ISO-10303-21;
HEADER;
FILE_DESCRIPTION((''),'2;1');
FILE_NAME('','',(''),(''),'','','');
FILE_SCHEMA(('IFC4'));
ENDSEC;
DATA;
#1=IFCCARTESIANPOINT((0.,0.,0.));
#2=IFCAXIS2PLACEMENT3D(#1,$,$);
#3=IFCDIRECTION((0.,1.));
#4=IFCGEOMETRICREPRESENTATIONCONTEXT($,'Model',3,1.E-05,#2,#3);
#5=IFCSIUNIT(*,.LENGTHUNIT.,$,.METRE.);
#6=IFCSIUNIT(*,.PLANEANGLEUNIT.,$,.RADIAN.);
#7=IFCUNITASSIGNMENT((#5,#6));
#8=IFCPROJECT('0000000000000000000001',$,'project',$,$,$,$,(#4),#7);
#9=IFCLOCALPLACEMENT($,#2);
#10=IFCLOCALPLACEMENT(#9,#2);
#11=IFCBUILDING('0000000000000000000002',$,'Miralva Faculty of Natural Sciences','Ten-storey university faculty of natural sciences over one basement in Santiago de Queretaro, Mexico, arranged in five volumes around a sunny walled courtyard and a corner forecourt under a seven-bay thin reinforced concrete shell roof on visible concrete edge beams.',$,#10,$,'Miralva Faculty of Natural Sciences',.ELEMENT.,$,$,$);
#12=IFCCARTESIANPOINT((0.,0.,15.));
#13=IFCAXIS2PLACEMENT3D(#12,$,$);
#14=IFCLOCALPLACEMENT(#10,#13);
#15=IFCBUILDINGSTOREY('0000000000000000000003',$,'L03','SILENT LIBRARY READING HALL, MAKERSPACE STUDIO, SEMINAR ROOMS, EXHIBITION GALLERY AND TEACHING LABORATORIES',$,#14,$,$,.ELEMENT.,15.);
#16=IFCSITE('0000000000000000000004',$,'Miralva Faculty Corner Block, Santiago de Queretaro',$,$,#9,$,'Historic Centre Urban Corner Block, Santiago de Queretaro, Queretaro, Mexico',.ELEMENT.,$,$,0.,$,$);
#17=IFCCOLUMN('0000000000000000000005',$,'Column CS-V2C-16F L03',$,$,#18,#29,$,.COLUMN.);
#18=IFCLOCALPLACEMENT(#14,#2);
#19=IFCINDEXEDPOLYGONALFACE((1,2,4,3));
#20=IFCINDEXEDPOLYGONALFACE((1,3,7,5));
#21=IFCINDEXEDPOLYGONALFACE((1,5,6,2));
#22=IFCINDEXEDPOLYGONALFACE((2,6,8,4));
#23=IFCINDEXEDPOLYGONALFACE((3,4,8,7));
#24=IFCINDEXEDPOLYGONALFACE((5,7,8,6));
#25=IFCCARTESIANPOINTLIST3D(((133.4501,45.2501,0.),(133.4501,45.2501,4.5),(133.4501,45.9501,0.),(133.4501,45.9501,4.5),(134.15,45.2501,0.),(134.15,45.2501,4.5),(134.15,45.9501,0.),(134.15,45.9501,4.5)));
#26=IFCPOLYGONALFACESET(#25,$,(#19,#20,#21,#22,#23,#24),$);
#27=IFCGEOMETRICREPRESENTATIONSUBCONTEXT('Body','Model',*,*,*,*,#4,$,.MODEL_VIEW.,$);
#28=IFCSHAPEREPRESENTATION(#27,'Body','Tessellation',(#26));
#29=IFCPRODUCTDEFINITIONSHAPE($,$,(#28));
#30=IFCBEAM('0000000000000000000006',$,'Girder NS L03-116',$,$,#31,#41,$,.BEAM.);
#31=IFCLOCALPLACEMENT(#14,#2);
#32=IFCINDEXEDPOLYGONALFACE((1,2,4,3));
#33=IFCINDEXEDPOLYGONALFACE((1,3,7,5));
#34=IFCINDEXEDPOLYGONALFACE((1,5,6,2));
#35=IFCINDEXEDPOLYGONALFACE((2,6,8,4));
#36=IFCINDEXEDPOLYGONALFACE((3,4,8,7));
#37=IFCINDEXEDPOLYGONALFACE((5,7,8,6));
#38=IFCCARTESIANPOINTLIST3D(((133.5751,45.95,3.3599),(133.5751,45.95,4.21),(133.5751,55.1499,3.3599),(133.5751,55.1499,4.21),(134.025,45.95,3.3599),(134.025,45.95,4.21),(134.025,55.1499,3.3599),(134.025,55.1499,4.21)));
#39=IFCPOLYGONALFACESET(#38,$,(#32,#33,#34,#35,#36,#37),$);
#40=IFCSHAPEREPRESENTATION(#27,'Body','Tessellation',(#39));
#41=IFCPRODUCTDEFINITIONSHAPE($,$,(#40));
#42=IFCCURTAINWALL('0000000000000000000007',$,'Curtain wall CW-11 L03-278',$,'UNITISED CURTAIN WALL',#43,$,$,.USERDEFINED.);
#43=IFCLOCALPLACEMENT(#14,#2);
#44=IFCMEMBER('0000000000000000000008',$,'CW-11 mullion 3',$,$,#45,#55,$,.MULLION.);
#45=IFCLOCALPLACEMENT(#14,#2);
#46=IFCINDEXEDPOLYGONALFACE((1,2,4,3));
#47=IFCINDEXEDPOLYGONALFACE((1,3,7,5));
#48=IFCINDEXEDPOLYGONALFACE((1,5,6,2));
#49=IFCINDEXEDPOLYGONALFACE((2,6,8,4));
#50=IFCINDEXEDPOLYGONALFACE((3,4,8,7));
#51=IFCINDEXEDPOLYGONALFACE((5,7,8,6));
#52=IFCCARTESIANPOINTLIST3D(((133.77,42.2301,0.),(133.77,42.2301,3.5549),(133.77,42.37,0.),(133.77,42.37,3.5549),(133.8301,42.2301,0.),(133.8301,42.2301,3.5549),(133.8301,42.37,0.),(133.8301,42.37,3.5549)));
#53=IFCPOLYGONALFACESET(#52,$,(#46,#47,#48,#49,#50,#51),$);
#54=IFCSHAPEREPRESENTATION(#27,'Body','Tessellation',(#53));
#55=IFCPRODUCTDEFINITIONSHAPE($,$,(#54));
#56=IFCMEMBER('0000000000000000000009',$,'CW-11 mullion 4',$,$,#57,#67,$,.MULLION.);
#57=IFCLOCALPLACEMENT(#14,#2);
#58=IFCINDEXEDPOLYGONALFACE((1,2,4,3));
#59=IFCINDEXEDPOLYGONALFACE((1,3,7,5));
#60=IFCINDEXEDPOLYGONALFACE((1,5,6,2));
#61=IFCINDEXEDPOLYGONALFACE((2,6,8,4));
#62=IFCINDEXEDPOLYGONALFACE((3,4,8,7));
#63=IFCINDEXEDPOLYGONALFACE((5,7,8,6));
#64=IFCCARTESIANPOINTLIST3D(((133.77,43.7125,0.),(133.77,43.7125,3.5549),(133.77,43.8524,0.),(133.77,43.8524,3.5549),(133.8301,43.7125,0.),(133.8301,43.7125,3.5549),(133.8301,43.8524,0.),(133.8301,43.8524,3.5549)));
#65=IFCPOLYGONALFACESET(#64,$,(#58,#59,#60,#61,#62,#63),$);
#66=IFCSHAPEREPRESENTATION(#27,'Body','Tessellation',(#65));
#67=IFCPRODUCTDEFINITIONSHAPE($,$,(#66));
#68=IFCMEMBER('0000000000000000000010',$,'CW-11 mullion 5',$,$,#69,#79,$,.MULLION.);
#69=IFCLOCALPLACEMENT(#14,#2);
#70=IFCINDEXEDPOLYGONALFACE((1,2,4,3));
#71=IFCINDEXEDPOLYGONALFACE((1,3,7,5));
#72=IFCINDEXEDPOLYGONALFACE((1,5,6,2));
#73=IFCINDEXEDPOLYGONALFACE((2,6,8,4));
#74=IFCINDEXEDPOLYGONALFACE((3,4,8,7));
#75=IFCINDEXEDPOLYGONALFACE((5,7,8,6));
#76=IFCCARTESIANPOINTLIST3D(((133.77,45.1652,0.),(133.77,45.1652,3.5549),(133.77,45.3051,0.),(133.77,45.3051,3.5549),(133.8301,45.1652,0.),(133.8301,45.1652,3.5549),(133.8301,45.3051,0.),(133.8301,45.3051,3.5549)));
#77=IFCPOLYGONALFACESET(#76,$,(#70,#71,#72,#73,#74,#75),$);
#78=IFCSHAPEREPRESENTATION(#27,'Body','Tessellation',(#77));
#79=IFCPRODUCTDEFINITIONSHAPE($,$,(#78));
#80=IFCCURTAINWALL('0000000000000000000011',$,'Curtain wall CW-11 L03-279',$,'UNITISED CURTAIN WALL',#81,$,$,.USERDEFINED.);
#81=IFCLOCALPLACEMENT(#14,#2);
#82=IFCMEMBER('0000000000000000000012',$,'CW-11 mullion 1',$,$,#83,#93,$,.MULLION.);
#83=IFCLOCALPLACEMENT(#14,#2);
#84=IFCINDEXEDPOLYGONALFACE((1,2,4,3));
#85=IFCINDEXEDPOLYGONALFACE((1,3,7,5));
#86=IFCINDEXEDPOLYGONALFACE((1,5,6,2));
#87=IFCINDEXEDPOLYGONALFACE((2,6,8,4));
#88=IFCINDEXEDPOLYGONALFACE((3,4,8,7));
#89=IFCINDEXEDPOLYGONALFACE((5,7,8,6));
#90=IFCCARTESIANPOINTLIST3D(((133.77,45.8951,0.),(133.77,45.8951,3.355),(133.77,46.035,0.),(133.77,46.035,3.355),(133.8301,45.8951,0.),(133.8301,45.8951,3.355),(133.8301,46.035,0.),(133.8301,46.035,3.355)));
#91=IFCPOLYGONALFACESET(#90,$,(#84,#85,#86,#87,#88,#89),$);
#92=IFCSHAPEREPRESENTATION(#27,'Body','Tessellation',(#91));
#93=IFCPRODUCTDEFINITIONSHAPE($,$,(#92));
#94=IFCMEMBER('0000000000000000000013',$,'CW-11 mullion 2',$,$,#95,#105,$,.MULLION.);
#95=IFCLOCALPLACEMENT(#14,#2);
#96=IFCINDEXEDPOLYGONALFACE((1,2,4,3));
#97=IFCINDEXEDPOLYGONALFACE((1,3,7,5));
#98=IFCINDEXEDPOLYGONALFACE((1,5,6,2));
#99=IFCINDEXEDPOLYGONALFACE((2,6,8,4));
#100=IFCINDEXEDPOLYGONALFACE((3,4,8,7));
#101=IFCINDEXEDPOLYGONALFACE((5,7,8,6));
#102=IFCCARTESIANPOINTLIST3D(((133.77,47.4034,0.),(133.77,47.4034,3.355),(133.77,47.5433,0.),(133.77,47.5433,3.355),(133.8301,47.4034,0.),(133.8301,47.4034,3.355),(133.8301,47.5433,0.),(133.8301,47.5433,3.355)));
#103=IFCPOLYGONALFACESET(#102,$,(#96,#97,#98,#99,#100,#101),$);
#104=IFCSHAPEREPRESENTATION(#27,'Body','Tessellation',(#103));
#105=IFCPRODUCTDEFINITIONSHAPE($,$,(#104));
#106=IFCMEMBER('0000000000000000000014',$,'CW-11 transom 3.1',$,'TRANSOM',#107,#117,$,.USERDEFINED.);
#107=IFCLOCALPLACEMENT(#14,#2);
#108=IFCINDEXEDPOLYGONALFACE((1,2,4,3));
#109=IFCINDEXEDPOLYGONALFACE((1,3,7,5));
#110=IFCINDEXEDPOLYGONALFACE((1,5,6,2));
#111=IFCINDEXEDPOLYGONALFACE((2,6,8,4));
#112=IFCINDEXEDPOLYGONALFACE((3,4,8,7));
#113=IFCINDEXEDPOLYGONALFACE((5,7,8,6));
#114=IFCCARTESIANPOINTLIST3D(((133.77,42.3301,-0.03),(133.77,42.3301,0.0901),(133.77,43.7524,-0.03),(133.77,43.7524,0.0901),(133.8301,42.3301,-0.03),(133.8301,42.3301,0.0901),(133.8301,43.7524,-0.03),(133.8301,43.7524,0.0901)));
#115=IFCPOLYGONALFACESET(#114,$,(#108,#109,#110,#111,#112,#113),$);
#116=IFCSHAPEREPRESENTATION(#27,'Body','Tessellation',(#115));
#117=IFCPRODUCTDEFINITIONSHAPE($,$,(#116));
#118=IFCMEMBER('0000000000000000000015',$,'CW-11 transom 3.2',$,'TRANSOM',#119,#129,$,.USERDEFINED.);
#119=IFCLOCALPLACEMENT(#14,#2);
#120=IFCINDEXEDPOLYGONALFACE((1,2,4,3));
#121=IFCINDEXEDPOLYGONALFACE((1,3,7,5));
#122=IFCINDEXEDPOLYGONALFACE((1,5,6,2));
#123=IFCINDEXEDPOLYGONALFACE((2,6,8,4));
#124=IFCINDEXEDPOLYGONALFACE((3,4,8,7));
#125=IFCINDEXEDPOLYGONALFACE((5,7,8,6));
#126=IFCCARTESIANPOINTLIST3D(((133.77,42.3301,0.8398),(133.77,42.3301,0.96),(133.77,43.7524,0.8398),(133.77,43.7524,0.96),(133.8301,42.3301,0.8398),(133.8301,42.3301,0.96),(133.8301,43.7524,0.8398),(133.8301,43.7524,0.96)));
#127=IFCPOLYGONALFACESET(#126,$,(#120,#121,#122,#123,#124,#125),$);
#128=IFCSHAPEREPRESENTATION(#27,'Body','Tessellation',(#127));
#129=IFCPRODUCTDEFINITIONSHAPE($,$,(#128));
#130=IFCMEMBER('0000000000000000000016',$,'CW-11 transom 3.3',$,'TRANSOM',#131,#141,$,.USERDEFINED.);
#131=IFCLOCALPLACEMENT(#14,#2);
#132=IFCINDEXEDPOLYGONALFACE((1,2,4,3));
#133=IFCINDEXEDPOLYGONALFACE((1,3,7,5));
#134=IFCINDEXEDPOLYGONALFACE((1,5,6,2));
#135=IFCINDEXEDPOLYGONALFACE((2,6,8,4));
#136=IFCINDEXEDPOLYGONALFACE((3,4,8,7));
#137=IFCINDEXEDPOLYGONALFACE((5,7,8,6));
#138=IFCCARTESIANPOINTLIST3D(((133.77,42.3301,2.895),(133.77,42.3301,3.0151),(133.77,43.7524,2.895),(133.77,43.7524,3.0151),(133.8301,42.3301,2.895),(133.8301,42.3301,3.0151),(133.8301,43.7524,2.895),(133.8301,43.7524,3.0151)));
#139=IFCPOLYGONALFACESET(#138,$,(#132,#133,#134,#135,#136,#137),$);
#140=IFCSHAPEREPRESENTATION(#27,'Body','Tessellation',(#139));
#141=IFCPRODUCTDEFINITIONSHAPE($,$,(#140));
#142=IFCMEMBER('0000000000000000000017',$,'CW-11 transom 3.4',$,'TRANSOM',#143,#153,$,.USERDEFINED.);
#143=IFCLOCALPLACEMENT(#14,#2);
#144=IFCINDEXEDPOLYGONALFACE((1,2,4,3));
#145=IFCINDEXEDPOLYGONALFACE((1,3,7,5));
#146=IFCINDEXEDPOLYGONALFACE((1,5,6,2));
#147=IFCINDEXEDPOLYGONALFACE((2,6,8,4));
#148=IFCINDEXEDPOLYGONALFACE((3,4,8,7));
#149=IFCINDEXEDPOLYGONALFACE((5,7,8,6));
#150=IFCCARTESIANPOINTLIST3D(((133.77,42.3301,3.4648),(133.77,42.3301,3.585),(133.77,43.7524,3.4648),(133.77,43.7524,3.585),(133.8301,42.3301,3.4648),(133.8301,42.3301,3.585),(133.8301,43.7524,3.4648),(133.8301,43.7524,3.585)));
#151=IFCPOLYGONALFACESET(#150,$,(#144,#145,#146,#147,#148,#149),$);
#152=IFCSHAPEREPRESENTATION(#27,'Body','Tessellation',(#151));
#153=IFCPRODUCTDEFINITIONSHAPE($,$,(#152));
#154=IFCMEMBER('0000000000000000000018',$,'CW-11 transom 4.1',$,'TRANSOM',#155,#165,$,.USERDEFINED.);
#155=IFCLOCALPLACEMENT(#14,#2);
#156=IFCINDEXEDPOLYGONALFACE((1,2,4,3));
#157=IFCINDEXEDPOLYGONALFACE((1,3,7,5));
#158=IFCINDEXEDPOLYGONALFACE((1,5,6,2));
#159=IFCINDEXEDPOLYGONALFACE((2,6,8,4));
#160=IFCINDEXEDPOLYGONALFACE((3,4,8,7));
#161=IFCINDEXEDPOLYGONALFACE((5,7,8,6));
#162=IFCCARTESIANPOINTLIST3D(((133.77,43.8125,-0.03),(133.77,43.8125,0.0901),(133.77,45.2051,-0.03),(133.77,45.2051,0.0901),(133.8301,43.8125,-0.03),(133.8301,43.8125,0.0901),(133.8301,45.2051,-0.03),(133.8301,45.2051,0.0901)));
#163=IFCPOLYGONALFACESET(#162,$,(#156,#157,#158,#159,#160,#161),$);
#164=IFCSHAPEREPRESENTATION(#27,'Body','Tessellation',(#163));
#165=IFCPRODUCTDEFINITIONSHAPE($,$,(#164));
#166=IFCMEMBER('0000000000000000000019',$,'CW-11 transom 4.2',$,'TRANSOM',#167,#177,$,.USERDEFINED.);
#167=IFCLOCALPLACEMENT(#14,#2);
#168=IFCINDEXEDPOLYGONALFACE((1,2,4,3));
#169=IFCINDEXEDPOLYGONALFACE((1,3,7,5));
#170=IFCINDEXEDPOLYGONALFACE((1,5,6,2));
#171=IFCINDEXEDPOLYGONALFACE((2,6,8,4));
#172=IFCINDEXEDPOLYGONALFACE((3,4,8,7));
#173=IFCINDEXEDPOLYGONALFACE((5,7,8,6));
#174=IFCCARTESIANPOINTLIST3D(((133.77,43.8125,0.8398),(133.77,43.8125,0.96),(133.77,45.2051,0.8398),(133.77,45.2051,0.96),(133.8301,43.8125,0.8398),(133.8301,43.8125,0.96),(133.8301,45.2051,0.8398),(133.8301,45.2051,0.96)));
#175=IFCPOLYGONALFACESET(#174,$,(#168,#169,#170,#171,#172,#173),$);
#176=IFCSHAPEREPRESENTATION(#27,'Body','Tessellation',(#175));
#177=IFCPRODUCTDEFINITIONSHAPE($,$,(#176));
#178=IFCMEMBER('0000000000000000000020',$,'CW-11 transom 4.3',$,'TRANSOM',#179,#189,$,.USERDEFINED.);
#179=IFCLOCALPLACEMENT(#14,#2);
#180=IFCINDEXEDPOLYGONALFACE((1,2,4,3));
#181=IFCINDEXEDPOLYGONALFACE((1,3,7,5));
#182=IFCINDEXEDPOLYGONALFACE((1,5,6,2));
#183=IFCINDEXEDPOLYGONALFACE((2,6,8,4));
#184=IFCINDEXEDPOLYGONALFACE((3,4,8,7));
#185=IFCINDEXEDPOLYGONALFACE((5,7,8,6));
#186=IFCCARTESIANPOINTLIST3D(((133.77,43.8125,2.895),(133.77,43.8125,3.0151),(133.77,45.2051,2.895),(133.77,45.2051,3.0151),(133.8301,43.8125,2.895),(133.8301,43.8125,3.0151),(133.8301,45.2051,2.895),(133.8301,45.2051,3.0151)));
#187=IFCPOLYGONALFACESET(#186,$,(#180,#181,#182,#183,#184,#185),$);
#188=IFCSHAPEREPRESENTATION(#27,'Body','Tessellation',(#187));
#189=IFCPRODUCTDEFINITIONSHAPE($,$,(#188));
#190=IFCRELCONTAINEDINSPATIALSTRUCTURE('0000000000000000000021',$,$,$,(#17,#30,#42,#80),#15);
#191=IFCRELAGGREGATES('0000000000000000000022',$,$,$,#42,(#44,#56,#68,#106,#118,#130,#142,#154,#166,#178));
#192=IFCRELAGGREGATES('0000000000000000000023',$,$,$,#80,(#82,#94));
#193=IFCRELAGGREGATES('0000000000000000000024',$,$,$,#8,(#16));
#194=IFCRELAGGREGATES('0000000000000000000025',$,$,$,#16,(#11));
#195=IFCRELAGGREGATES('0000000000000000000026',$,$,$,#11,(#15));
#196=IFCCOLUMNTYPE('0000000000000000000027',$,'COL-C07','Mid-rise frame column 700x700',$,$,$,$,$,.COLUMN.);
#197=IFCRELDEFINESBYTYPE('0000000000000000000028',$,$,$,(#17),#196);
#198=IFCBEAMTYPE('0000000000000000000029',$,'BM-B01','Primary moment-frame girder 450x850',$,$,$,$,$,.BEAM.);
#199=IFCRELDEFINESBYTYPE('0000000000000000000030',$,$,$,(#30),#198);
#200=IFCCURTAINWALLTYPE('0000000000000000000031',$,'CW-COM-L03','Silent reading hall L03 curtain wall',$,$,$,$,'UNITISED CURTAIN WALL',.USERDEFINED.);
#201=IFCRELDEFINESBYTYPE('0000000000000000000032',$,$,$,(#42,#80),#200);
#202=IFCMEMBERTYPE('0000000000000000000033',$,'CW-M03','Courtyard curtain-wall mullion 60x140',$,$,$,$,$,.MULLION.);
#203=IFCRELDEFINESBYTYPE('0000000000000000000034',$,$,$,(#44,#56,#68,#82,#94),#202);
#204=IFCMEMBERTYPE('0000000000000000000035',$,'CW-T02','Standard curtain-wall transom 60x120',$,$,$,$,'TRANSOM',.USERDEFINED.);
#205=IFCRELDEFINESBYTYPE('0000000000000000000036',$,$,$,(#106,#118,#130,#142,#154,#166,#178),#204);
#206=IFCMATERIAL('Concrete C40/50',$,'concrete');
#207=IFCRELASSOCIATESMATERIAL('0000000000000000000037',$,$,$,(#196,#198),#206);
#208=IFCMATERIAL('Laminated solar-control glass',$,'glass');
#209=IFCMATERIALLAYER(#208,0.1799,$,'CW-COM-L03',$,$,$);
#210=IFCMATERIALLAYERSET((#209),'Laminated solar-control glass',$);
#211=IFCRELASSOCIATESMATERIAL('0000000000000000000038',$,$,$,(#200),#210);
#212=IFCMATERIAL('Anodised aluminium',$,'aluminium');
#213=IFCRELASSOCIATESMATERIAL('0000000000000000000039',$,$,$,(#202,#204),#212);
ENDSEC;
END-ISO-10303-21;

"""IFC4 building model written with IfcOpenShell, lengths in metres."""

from ifc_helpers import new_model, si_unit, direction, frame, origin, origin_2d, place, context, subcontext, project, spatial, rectangle, extrude, material, layer, layer_set, material_profile, profile_set, type_object, element, aggregate, save


model = new_model("IFC4")

# Units and contexts
model_context = context("Model", 3, precision=1e-05, world=origin(), true_north=direction((0.0, 1.0)))
body_context = subcontext(model_context, "Body", "Model", "MODEL_VIEW")
ifc_project = project(units=[si_unit("LENGTHUNIT", "METRE"), si_unit("PLANEANGLEUNIT", "RADIAN")], contexts=[model_context])

# Site, building, storey
site_placement = place(None, origin())
site = spatial("IfcSite", under=ifc_project, at=site_placement, Name="Miralva Faculty Corner Block, Santiago de Queretaro", LongName="Historic Centre Urban Corner Block, Santiago de Queretaro, Queretaro, Mexico", CompositionType="ELEMENT", RefElevation=0.0)
building_placement = place(site_placement, origin())
building = spatial("IfcBuilding", under=site, at=building_placement, Name="Miralva Faculty of Natural Sciences", Description="Ten-storey university faculty of natural sciences over one basement in Santiago de Queretaro, Mexico, arranged in five volumes around a sunny walled courtyard and a corner forecourt under a seven-bay thin reinforced concrete shell roof on visible concrete edge beams.", LongName="Miralva Faculty of Natural Sciences", CompositionType="ELEMENT")
storey_placement = place(building_placement, frame((0.0, 0.0, 15.0)))
storey = spatial("IfcBuildingStorey", under=building, at=storey_placement, Name="L03", Description="SILENT LIBRARY READING HALL, MAKERSPACE STUDIO, SEMINAR ROOMS, EXHIBITION GALLERY AND TEACHING LABORATORIES", CompositionType="ELEMENT", Elevation=15.0)

# Column
ifc_material_1 = material(Name="Concrete C40/50", Category="concrete")
ifc_material_profile_1 = material_profile(ifc_material_1, rectangle(XDim=0.7, YDim=0.7, at=origin_2d()), Name="RC 700x700")
ifc_profile_set_1 = profile_set([ifc_material_profile_1], Name="Concrete C40/50")
column_type = type_object("IfcColumnType", Name="COL-C07", Description="Mid-rise frame column 700x700", PredefinedType="COLUMN", material=ifc_profile_set_1)
column_placement = place(storey_placement, frame((133.8, 45.6001, 0.0), z_axis=(0.0, 0.0, 1.0), x_axis=(1.0, 0.0, 0.0)))
element("IfcColumn", 1, at=column_placement, inside=storey, type_object=column_type, Name="Column CS-V2C-16F L03", PredefinedType="COLUMN", context=body_context, shape_type="SweptSolid", body=[
    extrude(rectangle(XDim=0.7, YDim=0.7, at=origin_2d()), origin(), (0.0, 0.0, 1.0), 4.5),
])

# Beam
ifc_material_profile_2 = material_profile(ifc_material_1, rectangle(XDim=0.45, YDim=0.8501, at=origin_2d()), Name="RC 450x850")
ifc_profile_set_2 = profile_set([ifc_material_profile_2], Name="Concrete C40/50")
beam_type = type_object("IfcBeamType", Name="BM-B01", Description="Primary moment-frame girder 450x850", PredefinedType="BEAM", material=ifc_profile_set_2)
beam_placement = place(storey_placement, frame((133.8, 45.95, 3.7849), z_axis=(0.0, 1.0, 0.0), x_axis=(-1.0, 0.0, 0.0)))
element("IfcBeam", 2, at=beam_placement, inside=storey, type_object=beam_type, Name="Girder NS L03-116", PredefinedType="BEAM", context=body_context, shape_type="SweptSolid", body=[
    extrude(rectangle(XDim=0.45, YDim=0.8501, at=origin_2d()), origin(), (0.0, 0.0, 1.0), 9.2),
])

# Curtain walls, members
ifc_material_2 = material(Name="Laminated solar-control glass", Category="glass")
ifc_layer_1 = layer(ifc_material_2, 0.1799, Name="CW-COM-L03")
ifc_layer_set_1 = layer_set([ifc_layer_1], Name="Laminated solar-control glass")
curtain_wall_type = type_object("IfcCurtainWallType", Name="CW-COM-L03", Description="Silent reading hall L03 curtain wall", ElementType="UNITISED CURTAIN WALL", PredefinedType="USERDEFINED", material=ifc_layer_set_1)
curtain_wall_1_placement = place(storey_placement, origin())
curtain_wall_1 = element("IfcCurtainWall", 3, at=curtain_wall_1_placement, inside=storey, type_object=curtain_wall_type, Name="Curtain wall CW-11 L03-278", ObjectType="UNITISED CURTAIN WALL", PredefinedType="USERDEFINED")
ifc_material_3 = material(Name="Anodised aluminium", Category="aluminium")
ifc_material_profile_3 = material_profile(ifc_material_3, rectangle(XDim=0.0601, YDim=0.1399, at=origin_2d()), Name="MULLION 60x140")
ifc_profile_set_3 = profile_set([ifc_material_profile_3], Name="Anodised aluminium")
member_type_1 = type_object("IfcMemberType", Name="CW-M03", Description="Courtyard curtain-wall mullion 60x140", PredefinedType="MULLION", material=ifc_profile_set_3)
member_1_placement = place(storey_placement, frame((133.8, 42.3, 0.0), z_axis=(0.0, 0.0, 1.0), x_axis=(-1.0, 0.0, 0.0)))
member_1 = element("IfcMember", 4, at=member_1_placement, type_object=member_type_1, Name="CW-11 mullion 3", PredefinedType="MULLION", context=body_context, shape_type="SweptSolid", body=[
    extrude(rectangle(XDim=0.0601, YDim=0.1399, at=origin_2d()), origin(), (0.0, 0.0, 1.0), 3.5549),
])
member_2_placement = place(storey_placement, frame((133.8, 43.7825, 0.0), z_axis=(0.0, 0.0, 1.0), x_axis=(-1.0, 0.0, 0.0)))
member_2 = element("IfcMember", 5, at=member_2_placement, type_object=member_type_1, Name="CW-11 mullion 4", PredefinedType="MULLION", context=body_context, shape_type="SweptSolid", body=[
    extrude(rectangle(XDim=0.0601, YDim=0.1399, at=origin_2d()), origin(), (0.0, 0.0, 1.0), 3.5549),
])
member_3_placement = place(storey_placement, frame((133.8, 45.2351, 0.0), z_axis=(0.0, 0.0, 1.0), x_axis=(-1.0, 0.0, 0.0)))
member_3 = element("IfcMember", 6, at=member_3_placement, type_object=member_type_1, Name="CW-11 mullion 5", PredefinedType="MULLION", context=body_context, shape_type="SweptSolid", body=[
    extrude(rectangle(XDim=0.0601, YDim=0.1399, at=origin_2d()), origin(), (0.0, 0.0, 1.0), 3.5549),
])
curtain_wall_2_placement = place(storey_placement, origin())
curtain_wall_2 = element("IfcCurtainWall", 7, at=curtain_wall_2_placement, inside=storey, type_object=curtain_wall_type, Name="Curtain wall CW-11 L03-279", ObjectType="UNITISED CURTAIN WALL", PredefinedType="USERDEFINED")
member_4_placement = place(storey_placement, frame((133.8, 45.9651, 0.0), z_axis=(0.0, 0.0, 1.0), x_axis=(-1.0, 0.0, 0.0)))
member_4 = element("IfcMember", 8, at=member_4_placement, type_object=member_type_1, Name="CW-11 mullion 1", PredefinedType="MULLION", context=body_context, shape_type="SweptSolid", body=[
    extrude(rectangle(XDim=0.0601, YDim=0.1399, at=origin_2d()), origin(), (0.0, 0.0, 1.0), 3.355),
])
member_5_placement = place(storey_placement, frame((133.8, 47.4734, 0.0), z_axis=(0.0, 0.0, 1.0), x_axis=(-1.0, 0.0, 0.0)))
member_5 = element("IfcMember", 9, at=member_5_placement, type_object=member_type_1, Name="CW-11 mullion 2", PredefinedType="MULLION", context=body_context, shape_type="SweptSolid", body=[
    extrude(rectangle(XDim=0.0601, YDim=0.1399, at=origin_2d()), origin(), (0.0, 0.0, 1.0), 3.355),
])

# Members
ifc_material_profile_4 = material_profile(ifc_material_3, rectangle(XDim=0.0601, YDim=0.1201, at=origin_2d()), Name="TRANSOM 60x120")
ifc_profile_set_4 = profile_set([ifc_material_profile_4], Name="Anodised aluminium")
member_type_2 = type_object("IfcMemberType", Name="CW-T02", Description="Standard curtain-wall transom 60x120", ElementType="TRANSOM", PredefinedType="USERDEFINED", material=ifc_profile_set_4)
member_6_placement = place(storey_placement, frame((133.8, 42.3301, 0.03), z_axis=(0.0, 1.0, 0.0), x_axis=(-1.0, 0.0, 0.0)))
member_6 = element("IfcMember", 10, at=member_6_placement, type_object=member_type_2, Name="CW-11 transom 3.1", ObjectType="TRANSOM", PredefinedType="USERDEFINED", context=body_context, shape_type="SweptSolid", body=[
    extrude(rectangle(XDim=0.0601, YDim=0.1201, at=origin_2d()), origin(), (0.0, 0.0, 1.0), 1.4224),
])
member_7_placement = place(storey_placement, frame((133.8, 42.3301, 0.8999), z_axis=(0.0, 1.0, 0.0), x_axis=(-1.0, 0.0, 0.0)))
member_7 = element("IfcMember", 11, at=member_7_placement, type_object=member_type_2, Name="CW-11 transom 3.2", ObjectType="TRANSOM", PredefinedType="USERDEFINED", context=body_context, shape_type="SweptSolid", body=[
    extrude(rectangle(XDim=0.0601, YDim=0.1201, at=origin_2d()), origin(), (0.0, 0.0, 1.0), 1.4224),
])
member_8_placement = place(storey_placement, frame((133.8, 42.3301, 2.9551), z_axis=(0.0, 1.0, 0.0), x_axis=(-1.0, 0.0, 0.0)))
member_8 = element("IfcMember", 12, at=member_8_placement, type_object=member_type_2, Name="CW-11 transom 3.3", ObjectType="TRANSOM", PredefinedType="USERDEFINED", context=body_context, shape_type="SweptSolid", body=[
    extrude(rectangle(XDim=0.0601, YDim=0.1201, at=origin_2d()), origin(), (0.0, 0.0, 1.0), 1.4224),
])
member_9_placement = place(storey_placement, frame((133.8, 42.3301, 3.5249), z_axis=(0.0, 1.0, 0.0), x_axis=(-1.0, 0.0, 0.0)))
member_9 = element("IfcMember", 13, at=member_9_placement, type_object=member_type_2, Name="CW-11 transom 3.4", ObjectType="TRANSOM", PredefinedType="USERDEFINED", context=body_context, shape_type="SweptSolid", body=[
    extrude(rectangle(XDim=0.0601, YDim=0.1201, at=origin_2d()), origin(), (0.0, 0.0, 1.0), 1.4224),
])
member_10_placement = place(storey_placement, frame((133.8, 43.8125, 0.03), z_axis=(0.0, 1.0, 0.0), x_axis=(-1.0, 0.0, 0.0)))
member_10 = element("IfcMember", 14, at=member_10_placement, type_object=member_type_2, Name="CW-11 transom 4.1", ObjectType="TRANSOM", PredefinedType="USERDEFINED", context=body_context, shape_type="SweptSolid", body=[
    extrude(rectangle(XDim=0.0601, YDim=0.1201, at=origin_2d()), origin(), (0.0, 0.0, 1.0), 1.3926),
])
member_11_placement = place(storey_placement, frame((133.8, 43.8125, 0.8999), z_axis=(0.0, 1.0, 0.0), x_axis=(-1.0, 0.0, 0.0)))
member_11 = element("IfcMember", 15, at=member_11_placement, type_object=member_type_2, Name="CW-11 transom 4.2", ObjectType="TRANSOM", PredefinedType="USERDEFINED", context=body_context, shape_type="SweptSolid", body=[
    extrude(rectangle(XDim=0.0601, YDim=0.1201, at=origin_2d()), origin(), (0.0, 0.0, 1.0), 1.3926),
])
member_12_placement = place(storey_placement, frame((133.8, 43.8125, 2.9551), z_axis=(0.0, 1.0, 0.0), x_axis=(-1.0, 0.0, 0.0)))
member_12 = element("IfcMember", 16, at=member_12_placement, type_object=member_type_2, Name="CW-11 transom 4.3", ObjectType="TRANSOM", PredefinedType="USERDEFINED", context=body_context, shape_type="SweptSolid", body=[
    extrude(rectangle(XDim=0.0601, YDim=0.1201, at=origin_2d()), origin(), (0.0, 0.0, 1.0), 1.3926),
])

aggregate(curtain_wall_1, [member_1, member_2, member_3, member_6, member_7, member_8, member_9, member_10, member_11, member_12])
aggregate(curtain_wall_2, [member_4, member_5])

save(model, "model.ifc")
